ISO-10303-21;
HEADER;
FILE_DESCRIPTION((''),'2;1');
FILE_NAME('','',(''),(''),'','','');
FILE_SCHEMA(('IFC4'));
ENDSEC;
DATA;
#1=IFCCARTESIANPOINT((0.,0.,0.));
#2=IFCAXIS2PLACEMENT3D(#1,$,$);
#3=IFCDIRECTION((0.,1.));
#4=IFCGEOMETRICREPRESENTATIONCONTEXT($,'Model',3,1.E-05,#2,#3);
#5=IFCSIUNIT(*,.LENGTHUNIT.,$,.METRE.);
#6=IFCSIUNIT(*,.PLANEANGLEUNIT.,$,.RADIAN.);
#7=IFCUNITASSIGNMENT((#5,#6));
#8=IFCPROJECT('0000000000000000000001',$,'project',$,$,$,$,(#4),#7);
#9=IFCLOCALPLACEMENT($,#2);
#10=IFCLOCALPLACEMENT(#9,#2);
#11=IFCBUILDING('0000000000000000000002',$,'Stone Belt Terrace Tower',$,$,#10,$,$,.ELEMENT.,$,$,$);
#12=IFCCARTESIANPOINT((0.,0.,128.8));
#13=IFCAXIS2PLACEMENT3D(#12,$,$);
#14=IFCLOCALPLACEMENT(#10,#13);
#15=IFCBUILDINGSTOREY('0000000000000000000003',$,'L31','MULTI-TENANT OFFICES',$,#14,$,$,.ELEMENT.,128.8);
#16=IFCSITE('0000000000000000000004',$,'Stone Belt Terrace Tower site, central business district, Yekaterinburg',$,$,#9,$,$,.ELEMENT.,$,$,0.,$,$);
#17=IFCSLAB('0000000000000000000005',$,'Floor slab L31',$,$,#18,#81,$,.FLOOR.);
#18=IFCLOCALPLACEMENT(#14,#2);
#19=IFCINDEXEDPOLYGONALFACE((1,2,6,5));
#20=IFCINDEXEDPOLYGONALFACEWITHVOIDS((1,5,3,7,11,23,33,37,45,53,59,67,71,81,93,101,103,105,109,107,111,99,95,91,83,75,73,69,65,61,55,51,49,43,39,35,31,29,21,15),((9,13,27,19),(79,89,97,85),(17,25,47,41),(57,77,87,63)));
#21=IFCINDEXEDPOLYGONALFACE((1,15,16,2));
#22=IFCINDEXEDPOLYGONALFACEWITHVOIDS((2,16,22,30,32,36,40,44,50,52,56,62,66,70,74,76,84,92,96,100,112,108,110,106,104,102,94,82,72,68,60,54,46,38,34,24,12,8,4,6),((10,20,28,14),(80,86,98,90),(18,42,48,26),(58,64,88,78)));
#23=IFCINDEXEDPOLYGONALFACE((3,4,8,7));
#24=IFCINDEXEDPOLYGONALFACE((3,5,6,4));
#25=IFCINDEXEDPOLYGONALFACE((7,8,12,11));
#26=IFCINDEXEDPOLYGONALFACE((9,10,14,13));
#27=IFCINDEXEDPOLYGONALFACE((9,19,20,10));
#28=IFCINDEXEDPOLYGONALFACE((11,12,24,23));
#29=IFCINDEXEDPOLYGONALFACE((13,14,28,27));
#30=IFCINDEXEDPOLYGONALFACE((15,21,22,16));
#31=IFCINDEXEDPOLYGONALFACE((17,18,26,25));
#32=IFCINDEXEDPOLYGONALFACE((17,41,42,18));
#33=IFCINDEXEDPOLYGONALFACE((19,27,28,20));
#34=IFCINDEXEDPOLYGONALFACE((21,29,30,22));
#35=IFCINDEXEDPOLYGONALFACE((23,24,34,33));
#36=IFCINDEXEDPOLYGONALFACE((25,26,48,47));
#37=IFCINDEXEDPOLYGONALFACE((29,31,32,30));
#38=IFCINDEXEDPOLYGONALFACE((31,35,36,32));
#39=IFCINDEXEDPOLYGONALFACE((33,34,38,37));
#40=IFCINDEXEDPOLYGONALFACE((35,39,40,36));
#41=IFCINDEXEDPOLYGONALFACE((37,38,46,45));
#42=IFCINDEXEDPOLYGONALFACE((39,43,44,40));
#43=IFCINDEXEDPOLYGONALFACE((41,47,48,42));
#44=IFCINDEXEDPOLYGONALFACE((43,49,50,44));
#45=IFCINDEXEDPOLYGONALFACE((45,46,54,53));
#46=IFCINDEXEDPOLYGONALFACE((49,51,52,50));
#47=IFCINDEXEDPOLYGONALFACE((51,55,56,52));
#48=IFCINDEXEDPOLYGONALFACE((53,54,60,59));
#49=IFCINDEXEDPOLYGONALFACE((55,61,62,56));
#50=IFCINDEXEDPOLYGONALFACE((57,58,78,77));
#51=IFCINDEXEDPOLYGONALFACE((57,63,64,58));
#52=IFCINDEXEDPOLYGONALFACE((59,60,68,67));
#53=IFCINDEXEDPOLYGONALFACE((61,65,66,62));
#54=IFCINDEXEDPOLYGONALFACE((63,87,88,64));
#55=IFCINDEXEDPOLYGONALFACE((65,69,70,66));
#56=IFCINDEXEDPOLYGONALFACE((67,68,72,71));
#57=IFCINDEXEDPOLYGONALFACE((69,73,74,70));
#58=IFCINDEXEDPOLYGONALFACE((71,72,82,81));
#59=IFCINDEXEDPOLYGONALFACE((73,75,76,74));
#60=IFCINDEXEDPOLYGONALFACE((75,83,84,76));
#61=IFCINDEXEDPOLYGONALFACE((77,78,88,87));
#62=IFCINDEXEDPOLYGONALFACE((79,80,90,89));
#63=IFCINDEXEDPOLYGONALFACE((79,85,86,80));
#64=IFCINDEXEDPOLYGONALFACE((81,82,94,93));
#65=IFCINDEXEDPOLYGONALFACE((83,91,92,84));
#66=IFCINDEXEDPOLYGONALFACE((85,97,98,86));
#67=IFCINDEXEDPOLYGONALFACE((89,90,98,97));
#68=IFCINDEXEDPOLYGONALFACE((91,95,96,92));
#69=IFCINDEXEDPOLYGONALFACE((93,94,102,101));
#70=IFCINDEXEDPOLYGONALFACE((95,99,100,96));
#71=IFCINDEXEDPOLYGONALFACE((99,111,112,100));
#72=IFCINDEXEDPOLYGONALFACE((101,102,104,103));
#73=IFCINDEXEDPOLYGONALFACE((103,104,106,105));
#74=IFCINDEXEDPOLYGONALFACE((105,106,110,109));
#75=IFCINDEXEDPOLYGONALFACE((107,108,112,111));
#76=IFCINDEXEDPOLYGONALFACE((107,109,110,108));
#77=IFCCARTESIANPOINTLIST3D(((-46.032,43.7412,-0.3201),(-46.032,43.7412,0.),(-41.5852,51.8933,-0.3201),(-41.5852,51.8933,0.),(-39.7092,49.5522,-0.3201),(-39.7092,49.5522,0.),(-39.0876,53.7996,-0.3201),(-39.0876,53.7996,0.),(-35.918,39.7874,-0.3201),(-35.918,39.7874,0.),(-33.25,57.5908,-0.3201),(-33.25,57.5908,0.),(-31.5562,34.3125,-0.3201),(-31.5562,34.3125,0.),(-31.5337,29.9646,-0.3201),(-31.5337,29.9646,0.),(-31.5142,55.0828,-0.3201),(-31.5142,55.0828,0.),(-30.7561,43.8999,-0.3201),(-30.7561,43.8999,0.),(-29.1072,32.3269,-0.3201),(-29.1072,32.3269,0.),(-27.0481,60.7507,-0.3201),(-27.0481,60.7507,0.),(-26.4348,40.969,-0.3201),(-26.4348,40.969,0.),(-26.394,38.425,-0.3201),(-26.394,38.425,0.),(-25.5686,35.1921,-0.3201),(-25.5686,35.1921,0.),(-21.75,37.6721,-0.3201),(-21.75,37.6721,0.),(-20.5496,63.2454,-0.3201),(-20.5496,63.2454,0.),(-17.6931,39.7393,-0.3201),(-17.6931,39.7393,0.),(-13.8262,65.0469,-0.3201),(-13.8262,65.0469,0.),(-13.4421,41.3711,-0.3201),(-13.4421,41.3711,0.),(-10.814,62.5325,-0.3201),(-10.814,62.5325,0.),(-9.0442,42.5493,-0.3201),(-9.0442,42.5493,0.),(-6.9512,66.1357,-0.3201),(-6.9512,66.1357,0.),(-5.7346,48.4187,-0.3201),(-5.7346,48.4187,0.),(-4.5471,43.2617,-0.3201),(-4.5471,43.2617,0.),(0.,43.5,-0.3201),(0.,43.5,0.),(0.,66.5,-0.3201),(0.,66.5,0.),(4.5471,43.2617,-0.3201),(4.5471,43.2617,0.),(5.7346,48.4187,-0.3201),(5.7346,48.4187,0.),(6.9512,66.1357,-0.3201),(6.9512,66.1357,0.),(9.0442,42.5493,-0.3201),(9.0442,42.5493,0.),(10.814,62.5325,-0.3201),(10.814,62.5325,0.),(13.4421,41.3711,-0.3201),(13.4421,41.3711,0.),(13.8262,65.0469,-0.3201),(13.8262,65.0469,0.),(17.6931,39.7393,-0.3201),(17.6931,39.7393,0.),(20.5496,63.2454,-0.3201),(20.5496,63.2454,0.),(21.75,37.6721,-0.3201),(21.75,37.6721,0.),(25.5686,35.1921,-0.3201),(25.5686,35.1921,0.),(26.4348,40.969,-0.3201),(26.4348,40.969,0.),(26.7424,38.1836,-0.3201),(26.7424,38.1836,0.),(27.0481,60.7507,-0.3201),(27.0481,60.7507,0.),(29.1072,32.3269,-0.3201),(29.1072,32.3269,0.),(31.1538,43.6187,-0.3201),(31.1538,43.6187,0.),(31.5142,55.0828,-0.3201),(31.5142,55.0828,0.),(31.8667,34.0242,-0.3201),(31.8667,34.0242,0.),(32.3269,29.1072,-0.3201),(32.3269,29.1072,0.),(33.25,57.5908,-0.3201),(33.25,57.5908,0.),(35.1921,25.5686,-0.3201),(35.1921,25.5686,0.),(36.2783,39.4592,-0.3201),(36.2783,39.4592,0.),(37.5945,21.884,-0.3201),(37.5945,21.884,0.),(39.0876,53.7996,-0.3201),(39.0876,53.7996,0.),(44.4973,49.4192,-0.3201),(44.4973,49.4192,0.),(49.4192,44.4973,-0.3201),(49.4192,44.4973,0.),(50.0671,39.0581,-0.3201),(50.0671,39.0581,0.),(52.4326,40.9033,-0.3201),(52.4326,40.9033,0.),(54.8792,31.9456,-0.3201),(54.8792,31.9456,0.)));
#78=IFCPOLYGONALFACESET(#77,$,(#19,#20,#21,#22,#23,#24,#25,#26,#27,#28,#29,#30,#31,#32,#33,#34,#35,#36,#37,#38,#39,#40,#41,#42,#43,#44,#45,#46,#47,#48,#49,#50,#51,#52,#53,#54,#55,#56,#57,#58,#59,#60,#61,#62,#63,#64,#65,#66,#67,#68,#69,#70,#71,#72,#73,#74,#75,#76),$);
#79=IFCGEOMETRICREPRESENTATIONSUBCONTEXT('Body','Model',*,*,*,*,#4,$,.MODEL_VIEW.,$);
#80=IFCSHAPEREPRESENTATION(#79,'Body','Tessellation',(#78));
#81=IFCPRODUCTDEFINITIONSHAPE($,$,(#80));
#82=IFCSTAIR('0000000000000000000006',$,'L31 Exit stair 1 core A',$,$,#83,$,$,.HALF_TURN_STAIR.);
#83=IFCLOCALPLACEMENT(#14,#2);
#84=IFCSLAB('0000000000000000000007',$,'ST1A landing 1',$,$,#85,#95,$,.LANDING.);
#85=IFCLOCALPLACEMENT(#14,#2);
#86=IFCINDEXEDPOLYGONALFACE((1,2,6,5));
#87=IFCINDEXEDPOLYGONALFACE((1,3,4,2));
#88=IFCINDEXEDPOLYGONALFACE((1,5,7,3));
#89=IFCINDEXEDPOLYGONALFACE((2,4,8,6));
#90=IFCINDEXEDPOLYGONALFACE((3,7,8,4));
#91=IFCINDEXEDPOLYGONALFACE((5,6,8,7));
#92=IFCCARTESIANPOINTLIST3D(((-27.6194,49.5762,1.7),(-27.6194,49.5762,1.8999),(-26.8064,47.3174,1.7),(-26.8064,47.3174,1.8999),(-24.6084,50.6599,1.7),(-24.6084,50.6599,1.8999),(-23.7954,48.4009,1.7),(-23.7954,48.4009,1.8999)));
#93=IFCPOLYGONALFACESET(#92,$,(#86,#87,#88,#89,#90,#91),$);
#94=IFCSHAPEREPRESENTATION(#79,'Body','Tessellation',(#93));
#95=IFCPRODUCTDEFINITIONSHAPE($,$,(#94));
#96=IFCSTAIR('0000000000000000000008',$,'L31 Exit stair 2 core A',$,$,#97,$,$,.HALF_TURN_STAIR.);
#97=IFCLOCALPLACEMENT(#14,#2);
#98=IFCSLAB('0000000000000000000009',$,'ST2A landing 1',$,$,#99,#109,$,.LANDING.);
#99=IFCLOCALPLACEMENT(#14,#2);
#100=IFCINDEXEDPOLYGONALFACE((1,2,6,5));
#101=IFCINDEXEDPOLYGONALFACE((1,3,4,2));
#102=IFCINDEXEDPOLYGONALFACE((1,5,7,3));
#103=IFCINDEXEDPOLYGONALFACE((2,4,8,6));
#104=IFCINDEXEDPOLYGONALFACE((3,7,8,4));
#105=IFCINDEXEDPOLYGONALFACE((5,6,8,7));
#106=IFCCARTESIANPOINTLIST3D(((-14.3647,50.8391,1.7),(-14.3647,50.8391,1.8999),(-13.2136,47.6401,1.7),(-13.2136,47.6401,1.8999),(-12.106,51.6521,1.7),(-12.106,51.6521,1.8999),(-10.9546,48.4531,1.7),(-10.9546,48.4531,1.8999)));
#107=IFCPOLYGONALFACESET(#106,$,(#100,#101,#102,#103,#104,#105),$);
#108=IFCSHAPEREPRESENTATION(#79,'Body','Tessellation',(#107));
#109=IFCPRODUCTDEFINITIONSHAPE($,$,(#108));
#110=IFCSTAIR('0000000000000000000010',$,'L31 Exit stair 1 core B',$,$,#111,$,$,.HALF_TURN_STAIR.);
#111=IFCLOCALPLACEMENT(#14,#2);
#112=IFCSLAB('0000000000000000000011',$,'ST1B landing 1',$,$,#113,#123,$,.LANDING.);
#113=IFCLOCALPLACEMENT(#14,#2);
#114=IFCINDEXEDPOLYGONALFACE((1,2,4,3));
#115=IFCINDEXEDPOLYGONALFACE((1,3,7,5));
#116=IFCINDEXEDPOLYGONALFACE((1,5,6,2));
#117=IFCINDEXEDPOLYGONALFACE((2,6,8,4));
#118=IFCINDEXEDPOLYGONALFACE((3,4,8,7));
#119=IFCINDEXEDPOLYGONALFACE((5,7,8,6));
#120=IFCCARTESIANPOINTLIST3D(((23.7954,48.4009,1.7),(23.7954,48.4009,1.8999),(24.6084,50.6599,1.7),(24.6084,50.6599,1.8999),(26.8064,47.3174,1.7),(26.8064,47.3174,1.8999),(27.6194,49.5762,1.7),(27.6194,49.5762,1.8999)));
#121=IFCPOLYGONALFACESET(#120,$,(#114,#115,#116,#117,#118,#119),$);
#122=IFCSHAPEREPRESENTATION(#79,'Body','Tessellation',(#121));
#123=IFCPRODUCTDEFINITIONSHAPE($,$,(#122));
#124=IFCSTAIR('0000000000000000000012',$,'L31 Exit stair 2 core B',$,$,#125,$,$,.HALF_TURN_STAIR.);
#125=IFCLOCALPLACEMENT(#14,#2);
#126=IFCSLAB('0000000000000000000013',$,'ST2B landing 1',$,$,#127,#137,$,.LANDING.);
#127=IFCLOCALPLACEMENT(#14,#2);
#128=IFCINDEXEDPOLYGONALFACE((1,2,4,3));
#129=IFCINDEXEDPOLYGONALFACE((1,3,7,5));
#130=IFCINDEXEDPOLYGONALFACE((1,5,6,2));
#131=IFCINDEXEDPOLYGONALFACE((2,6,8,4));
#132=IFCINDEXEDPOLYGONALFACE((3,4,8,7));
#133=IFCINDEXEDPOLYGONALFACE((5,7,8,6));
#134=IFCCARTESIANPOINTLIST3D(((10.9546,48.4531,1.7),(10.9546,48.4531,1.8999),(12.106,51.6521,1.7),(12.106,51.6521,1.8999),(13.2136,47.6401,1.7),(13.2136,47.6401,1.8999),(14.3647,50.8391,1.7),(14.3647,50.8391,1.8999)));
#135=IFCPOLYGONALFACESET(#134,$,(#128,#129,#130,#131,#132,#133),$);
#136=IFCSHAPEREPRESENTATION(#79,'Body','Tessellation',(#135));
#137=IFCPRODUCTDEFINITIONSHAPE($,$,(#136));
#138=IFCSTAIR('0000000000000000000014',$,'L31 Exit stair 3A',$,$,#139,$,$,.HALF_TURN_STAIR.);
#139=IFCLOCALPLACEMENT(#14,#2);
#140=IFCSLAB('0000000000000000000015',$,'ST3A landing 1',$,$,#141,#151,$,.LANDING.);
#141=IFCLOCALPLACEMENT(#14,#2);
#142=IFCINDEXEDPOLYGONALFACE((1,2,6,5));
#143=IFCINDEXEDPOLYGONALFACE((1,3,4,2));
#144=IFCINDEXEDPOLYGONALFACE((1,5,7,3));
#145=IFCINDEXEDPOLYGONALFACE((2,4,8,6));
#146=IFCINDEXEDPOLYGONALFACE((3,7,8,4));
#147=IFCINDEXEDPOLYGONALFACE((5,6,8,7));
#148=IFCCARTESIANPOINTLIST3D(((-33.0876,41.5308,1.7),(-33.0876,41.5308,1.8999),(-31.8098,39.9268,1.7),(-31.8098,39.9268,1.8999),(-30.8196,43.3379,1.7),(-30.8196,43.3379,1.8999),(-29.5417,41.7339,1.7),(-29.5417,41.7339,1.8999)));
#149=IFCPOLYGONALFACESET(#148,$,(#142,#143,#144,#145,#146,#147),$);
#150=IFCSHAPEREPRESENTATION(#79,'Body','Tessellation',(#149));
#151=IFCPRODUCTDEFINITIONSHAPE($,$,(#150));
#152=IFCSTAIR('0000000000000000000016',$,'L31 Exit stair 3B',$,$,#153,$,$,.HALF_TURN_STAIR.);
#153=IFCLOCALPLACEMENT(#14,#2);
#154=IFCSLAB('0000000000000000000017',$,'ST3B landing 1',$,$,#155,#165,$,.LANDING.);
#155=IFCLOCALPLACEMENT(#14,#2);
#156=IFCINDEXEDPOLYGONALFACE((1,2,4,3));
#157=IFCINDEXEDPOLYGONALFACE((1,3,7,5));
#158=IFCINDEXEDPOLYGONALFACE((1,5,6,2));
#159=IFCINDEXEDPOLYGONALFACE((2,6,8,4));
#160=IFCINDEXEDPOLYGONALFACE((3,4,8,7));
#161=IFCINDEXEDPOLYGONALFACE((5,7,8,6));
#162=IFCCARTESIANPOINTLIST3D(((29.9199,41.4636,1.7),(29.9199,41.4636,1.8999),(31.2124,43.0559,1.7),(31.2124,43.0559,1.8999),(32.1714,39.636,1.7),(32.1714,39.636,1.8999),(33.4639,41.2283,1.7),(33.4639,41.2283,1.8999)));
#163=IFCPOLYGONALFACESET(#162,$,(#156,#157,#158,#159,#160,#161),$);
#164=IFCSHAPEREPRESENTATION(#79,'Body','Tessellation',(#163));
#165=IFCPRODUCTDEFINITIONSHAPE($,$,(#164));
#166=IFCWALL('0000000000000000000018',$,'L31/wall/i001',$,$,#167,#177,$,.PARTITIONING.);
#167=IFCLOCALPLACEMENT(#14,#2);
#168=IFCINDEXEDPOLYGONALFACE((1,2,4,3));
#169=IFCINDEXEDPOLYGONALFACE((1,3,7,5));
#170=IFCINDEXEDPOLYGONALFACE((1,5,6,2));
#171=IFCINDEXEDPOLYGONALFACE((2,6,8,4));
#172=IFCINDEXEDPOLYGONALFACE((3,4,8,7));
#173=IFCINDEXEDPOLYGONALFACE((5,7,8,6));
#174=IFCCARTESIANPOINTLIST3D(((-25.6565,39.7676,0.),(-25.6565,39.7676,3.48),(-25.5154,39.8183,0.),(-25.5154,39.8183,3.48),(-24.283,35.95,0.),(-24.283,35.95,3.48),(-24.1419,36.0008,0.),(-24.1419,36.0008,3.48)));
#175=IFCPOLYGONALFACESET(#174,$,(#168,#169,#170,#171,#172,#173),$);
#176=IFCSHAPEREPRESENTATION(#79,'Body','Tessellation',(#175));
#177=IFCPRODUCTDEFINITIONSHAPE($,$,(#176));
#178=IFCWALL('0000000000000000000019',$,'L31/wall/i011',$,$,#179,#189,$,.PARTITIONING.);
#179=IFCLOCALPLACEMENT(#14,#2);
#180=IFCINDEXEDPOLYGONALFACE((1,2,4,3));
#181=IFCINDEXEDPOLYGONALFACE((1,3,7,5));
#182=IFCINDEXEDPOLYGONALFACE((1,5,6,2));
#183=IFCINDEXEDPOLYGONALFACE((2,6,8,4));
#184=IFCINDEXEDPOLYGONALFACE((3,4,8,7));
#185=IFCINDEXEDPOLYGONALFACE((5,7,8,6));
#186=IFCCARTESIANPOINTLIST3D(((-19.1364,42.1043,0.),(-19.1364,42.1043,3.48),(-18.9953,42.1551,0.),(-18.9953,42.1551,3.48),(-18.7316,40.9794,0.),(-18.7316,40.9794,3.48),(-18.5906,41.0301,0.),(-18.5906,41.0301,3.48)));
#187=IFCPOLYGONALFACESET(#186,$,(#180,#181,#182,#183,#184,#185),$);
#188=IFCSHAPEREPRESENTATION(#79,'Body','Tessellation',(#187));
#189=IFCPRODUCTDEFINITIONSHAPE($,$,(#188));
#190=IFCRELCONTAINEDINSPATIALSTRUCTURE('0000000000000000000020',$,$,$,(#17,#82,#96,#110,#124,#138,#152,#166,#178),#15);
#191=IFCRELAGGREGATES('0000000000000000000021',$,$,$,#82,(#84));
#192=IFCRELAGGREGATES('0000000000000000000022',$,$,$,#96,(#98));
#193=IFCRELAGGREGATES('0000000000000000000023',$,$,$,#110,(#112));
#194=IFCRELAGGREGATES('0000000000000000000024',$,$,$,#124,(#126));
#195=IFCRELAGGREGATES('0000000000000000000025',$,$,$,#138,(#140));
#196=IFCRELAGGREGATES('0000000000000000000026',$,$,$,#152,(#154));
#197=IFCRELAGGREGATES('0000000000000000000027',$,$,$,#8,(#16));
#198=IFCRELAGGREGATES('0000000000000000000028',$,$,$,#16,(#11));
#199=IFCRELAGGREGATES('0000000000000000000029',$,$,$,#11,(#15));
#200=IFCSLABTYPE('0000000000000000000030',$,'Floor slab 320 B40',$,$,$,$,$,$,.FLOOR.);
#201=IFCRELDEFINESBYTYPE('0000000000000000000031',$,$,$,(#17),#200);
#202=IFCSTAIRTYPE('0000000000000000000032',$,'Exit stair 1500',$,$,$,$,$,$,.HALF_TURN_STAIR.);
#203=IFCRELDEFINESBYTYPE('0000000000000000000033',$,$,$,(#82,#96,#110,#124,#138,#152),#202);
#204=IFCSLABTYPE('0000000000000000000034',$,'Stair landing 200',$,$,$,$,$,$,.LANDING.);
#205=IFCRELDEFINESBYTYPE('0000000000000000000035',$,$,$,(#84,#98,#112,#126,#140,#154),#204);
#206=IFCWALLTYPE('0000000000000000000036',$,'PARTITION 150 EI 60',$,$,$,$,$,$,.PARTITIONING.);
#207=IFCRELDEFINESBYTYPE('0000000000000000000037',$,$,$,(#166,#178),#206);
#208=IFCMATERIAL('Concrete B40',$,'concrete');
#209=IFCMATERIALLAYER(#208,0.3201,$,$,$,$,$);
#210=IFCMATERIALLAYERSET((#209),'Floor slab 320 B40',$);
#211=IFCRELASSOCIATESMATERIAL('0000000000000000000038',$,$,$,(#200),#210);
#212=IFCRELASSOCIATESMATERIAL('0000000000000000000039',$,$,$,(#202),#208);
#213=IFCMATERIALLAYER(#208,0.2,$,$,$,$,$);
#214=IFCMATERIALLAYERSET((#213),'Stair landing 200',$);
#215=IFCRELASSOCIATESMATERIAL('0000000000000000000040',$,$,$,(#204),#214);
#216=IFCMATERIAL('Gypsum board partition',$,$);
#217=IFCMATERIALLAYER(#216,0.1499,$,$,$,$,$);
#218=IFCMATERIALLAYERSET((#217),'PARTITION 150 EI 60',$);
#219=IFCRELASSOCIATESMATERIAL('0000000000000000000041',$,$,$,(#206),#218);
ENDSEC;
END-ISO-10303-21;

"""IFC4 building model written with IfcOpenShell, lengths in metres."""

from ifc_helpers import new_model, si_unit, direction, frame, frame_2d, origin, place, context, subcontext, project, spatial, polyline, rectangle, outline, extrude, material, layer, layer_set, type_object, element, aggregate, save


model = new_model("IFC4")

# Units and contexts
model_context = context("Model", 3, precision=1e-05, world=origin(), true_north=direction((0.0, 1.0)))
body_context = subcontext(model_context, "Body", "Model", "MODEL_VIEW")
ifc_project = project(units=[si_unit("LENGTHUNIT", "METRE"), si_unit("PLANEANGLEUNIT", "RADIAN")], contexts=[model_context])

# Site, building, storey
site_placement = place(None, origin())
site = spatial("IfcSite", under=ifc_project, at=site_placement, Name="Stone Belt Terrace Tower site, central business district, Yekaterinburg", CompositionType="ELEMENT", RefElevation=0.0)
building_placement = place(site_placement, origin())
building = spatial("IfcBuilding", under=site, at=building_placement, Name="Stone Belt Terrace Tower", CompositionType="ELEMENT")
storey_placement = place(building_placement, frame((0.0, 0.0, 128.8)))
storey = spatial("IfcBuildingStorey", under=building, at=storey_placement, Name="L31", Description="MULTI-TENANT OFFICES", CompositionType="ELEMENT", Elevation=128.8)

# Slab
ifc_material_1 = material(Name="Concrete B40", Category="concrete")
ifc_layer_1 = layer(ifc_material_1, 0.3201)
ifc_layer_set_1 = layer_set([ifc_layer_1], Name="Floor slab 320 B40")
slab_type_1 = type_object("IfcSlabType", Name="Floor slab 320 B40", PredefinedType="FLOOR", material=ifc_layer_set_1)
slab_1_placement = place(storey_placement, frame((0.0, 0.0, -0.3201)))
element("IfcSlab", 1, at=slab_1_placement, inside=storey, type_object=slab_type_1, Name="Floor slab L31", PredefinedType="FLOOR", context=body_context, shape_type="SweptSolid", body=[
    extrude(outline(polyline([(-39.0876, 53.7996), (-33.25, 57.5908), (-27.0481, 60.7507), (-20.5496, 63.2454), (-13.8262, 65.0469), (-6.9512, 66.1357), (0.0, 66.5), (6.9512, 66.1357), (13.8262, 65.0469), (20.5496, 63.2454), (27.0481, 60.7507), (33.25, 57.5908), (39.0876, 53.7996), (44.4973, 49.4192), (49.4192, 44.4973), (52.4326, 40.9033), (50.0671, 39.0581), (54.8792, 31.9456), (37.5945, 21.884), (35.1921, 25.5686), (32.3269, 29.1072), (29.1072, 32.3269), (25.5686, 35.1921), (21.75, 37.6721), (17.6931, 39.7393), (13.4421, 41.3711), (9.0442, 42.5493), (4.5471, 43.2617), (0.0, 43.5), (-4.5471, 43.2617), (-9.0442, 42.5493), (-13.4421, 41.3711), (-17.6931, 39.7393), (-21.75, 37.6721), (-25.5686, 35.1921), (-29.1072, 32.3269), (-31.5337, 29.9646), (-46.032, 43.7412), (-39.7092, 49.5522), (-41.5852, 51.8933), (-39.0876, 53.7996)]), holes=[polyline([(-26.4348, 40.969), (-5.7346, 48.4187), (-10.814, 62.5325), (-31.5142, 55.0828), (-26.4348, 40.969)]), polyline([(10.814, 62.5325), (5.7346, 48.4187), (26.4348, 40.969), (31.5142, 55.0828), (10.814, 62.5325)]), polyline([(-35.918, 39.7874), (-31.5562, 34.3125), (-26.394, 38.425), (-30.7561, 43.8999), (-35.918, 39.7874)]), polyline([(36.2783, 39.4592), (31.1538, 43.6187), (26.7424, 38.1836), (31.8667, 34.0242), (36.2783, 39.4592)])]), origin(), (0.0, 0.0, 1.0), 0.3201),
])

# Stairs, slabs
stair_type = type_object("IfcStairType", Name="Exit stair 1500", PredefinedType="HALF_TURN_STAIR", material=ifc_material_1)
stair_1_placement = place(storey_placement, origin())
stair_1 = element("IfcStair", 2, at=stair_1_placement, inside=storey, type_object=stair_type, Name="L31 Exit stair 1 core A", PredefinedType="HALF_TURN_STAIR")
ifc_layer_2 = layer(ifc_material_1, 0.2)
ifc_layer_set_2 = layer_set([ifc_layer_2], Name="Stair landing 200")
slab_type_2 = type_object("IfcSlabType", Name="Stair landing 200", PredefinedType="LANDING", material=ifc_layer_set_2)
slab_2_placement = place(storey_placement, frame((0.0, 0.0, 1.7)))
slab_2 = element("IfcSlab", 3, at=slab_2_placement, type_object=slab_type_2, Name="ST1A landing 1", PredefinedType="LANDING", context=body_context, shape_type="SweptSolid", body=[
    extrude(outline(polyline([(-23.7954, 48.4009), (-24.6084, 50.6599), (-27.6194, 49.5762), (-26.8064, 47.3174), (-23.7954, 48.4009)])), origin(), (0.0, 0.0, 1.0), 0.2),
])
aggregate(stair_1, [slab_2])
stair_2_placement = place(storey_placement, origin())
stair_2 = element("IfcStair", 4, at=stair_2_placement, inside=storey, type_object=stair_type, Name="L31 Exit stair 2 core A", PredefinedType="HALF_TURN_STAIR")
slab_3_placement = place(storey_placement, frame((0.0, 0.0, 1.7)))
slab_3 = element("IfcSlab", 5, at=slab_3_placement, type_object=slab_type_2, Name="ST2A landing 1", PredefinedType="LANDING", context=body_context, shape_type="SweptSolid", body=[
    extrude(outline(polyline([(-13.2136, 47.6401), (-10.9546, 48.4531), (-12.106, 51.6521), (-14.3647, 50.8391), (-13.2136, 47.6401)])), origin(), (0.0, 0.0, 1.0), 0.2),
])
aggregate(stair_2, [slab_3])
stair_3_placement = place(storey_placement, origin())
stair_3 = element("IfcStair", 6, at=stair_3_placement, inside=storey, type_object=stair_type, Name="L31 Exit stair 1 core B", PredefinedType="HALF_TURN_STAIR")
slab_4_placement = place(storey_placement, frame((0.0, 0.0, 1.7)))
slab_4 = element("IfcSlab", 7, at=slab_4_placement, type_object=slab_type_2, Name="ST1B landing 1", PredefinedType="LANDING", context=body_context, shape_type="SweptSolid", body=[
    extrude(outline(polyline([(26.8064, 47.3174), (27.6194, 49.5762), (24.6084, 50.6599), (23.7954, 48.4009), (26.8064, 47.3174)])), origin(), (0.0, 0.0, 1.0), 0.2),
])
aggregate(stair_3, [slab_4])
stair_4_placement = place(storey_placement, origin())
stair_4 = element("IfcStair", 8, at=stair_4_placement, inside=storey, type_object=stair_type, Name="L31 Exit stair 2 core B", PredefinedType="HALF_TURN_STAIR")
slab_5_placement = place(storey_placement, frame((0.0, 0.0, 1.7)))
slab_5 = element("IfcSlab", 9, at=slab_5_placement, type_object=slab_type_2, Name="ST2B landing 1", PredefinedType="LANDING", context=body_context, shape_type="SweptSolid", body=[
    extrude(outline(polyline([(14.3647, 50.8391), (12.106, 51.6521), (10.9546, 48.4531), (13.2136, 47.6401), (14.3647, 50.8391)])), origin(), (0.0, 0.0, 1.0), 0.2),
])
aggregate(stair_4, [slab_5])
stair_5_placement = place(storey_placement, origin())
stair_5 = element("IfcStair", 10, at=stair_5_placement, inside=storey, type_object=stair_type, Name="L31 Exit stair 3A", PredefinedType="HALF_TURN_STAIR")
slab_6_placement = place(storey_placement, frame((0.0, 0.0, 1.7)))
slab_6 = element("IfcSlab", 11, at=slab_6_placement, type_object=slab_type_2, Name="ST3A landing 1", PredefinedType="LANDING", context=body_context, shape_type="SweptSolid", body=[
    extrude(outline(polyline([(-29.5417, 41.7339), (-30.8196, 43.3379), (-33.0876, 41.5308), (-31.8098, 39.9268), (-29.5417, 41.7339)])), origin(), (0.0, 0.0, 1.0), 0.2),
])
aggregate(stair_5, [slab_6])
stair_6_placement = place(storey_placement, origin())
stair_6 = element("IfcStair", 12, at=stair_6_placement, inside=storey, type_object=stair_type, Name="L31 Exit stair 3B", PredefinedType="HALF_TURN_STAIR")
slab_7_placement = place(storey_placement, frame((0.0, 0.0, 1.7)))
slab_7 = element("IfcSlab", 13, at=slab_7_placement, type_object=slab_type_2, Name="ST3B landing 1", PredefinedType="LANDING", context=body_context, shape_type="SweptSolid", body=[
    extrude(outline(polyline([(32.1714, 39.636), (33.4639, 41.2283), (31.2124, 43.0559), (29.9199, 41.4636), (32.1714, 39.636)])), origin(), (0.0, 0.0, 1.0), 0.2),
])
aggregate(stair_6, [slab_7])

# Walls
ifc_material_2 = material(Name="Gypsum board partition")
ifc_layer_3 = layer(ifc_material_2, 0.1499)
ifc_layer_set_3 = layer_set([ifc_layer_3], Name="PARTITION 150 EI 60")
wall_type = type_object("IfcWallType", Name="PARTITION 150 EI 60", PredefinedType="PARTITIONING", material=ifc_layer_set_3)
wall_1_placement = place(storey_placement, frame((-25.5859, 39.793, 0.0), z_axis=(0.0, 0.0, 1.0), x_axis=(0.338543, -0.940951, 0.0)))
element("IfcWall", 14, at=wall_1_placement, inside=storey, type_object=wall_type, Name="L31/wall/i001", PredefinedType="PARTITIONING", context=body_context, shape_type="SweptSolid", body=[
    extrude(rectangle(XDim=4.0571, YDim=0.1499, at=frame_2d((2.0286, 0.0))), origin(), (0.0, 0.0, 1.0), 3.48),
])
wall_2_placement = place(storey_placement, frame((-18.6611, 41.0049, 0.0), z_axis=(0.0, 0.0, 1.0), x_axis=(-0.33856, 0.940945, 0.0)))
element("IfcWall", 15, at=wall_2_placement, inside=storey, type_object=wall_type, Name="L31/wall/i011", PredefinedType="PARTITIONING", context=body_context, shape_type="SweptSolid", body=[
    extrude(rectangle(XDim=1.1956, YDim=0.1499, at=frame_2d((0.5977, 0.0))), origin(), (0.0, 0.0, 1.0), 3.48),
])

save(model, "model.ifc")
